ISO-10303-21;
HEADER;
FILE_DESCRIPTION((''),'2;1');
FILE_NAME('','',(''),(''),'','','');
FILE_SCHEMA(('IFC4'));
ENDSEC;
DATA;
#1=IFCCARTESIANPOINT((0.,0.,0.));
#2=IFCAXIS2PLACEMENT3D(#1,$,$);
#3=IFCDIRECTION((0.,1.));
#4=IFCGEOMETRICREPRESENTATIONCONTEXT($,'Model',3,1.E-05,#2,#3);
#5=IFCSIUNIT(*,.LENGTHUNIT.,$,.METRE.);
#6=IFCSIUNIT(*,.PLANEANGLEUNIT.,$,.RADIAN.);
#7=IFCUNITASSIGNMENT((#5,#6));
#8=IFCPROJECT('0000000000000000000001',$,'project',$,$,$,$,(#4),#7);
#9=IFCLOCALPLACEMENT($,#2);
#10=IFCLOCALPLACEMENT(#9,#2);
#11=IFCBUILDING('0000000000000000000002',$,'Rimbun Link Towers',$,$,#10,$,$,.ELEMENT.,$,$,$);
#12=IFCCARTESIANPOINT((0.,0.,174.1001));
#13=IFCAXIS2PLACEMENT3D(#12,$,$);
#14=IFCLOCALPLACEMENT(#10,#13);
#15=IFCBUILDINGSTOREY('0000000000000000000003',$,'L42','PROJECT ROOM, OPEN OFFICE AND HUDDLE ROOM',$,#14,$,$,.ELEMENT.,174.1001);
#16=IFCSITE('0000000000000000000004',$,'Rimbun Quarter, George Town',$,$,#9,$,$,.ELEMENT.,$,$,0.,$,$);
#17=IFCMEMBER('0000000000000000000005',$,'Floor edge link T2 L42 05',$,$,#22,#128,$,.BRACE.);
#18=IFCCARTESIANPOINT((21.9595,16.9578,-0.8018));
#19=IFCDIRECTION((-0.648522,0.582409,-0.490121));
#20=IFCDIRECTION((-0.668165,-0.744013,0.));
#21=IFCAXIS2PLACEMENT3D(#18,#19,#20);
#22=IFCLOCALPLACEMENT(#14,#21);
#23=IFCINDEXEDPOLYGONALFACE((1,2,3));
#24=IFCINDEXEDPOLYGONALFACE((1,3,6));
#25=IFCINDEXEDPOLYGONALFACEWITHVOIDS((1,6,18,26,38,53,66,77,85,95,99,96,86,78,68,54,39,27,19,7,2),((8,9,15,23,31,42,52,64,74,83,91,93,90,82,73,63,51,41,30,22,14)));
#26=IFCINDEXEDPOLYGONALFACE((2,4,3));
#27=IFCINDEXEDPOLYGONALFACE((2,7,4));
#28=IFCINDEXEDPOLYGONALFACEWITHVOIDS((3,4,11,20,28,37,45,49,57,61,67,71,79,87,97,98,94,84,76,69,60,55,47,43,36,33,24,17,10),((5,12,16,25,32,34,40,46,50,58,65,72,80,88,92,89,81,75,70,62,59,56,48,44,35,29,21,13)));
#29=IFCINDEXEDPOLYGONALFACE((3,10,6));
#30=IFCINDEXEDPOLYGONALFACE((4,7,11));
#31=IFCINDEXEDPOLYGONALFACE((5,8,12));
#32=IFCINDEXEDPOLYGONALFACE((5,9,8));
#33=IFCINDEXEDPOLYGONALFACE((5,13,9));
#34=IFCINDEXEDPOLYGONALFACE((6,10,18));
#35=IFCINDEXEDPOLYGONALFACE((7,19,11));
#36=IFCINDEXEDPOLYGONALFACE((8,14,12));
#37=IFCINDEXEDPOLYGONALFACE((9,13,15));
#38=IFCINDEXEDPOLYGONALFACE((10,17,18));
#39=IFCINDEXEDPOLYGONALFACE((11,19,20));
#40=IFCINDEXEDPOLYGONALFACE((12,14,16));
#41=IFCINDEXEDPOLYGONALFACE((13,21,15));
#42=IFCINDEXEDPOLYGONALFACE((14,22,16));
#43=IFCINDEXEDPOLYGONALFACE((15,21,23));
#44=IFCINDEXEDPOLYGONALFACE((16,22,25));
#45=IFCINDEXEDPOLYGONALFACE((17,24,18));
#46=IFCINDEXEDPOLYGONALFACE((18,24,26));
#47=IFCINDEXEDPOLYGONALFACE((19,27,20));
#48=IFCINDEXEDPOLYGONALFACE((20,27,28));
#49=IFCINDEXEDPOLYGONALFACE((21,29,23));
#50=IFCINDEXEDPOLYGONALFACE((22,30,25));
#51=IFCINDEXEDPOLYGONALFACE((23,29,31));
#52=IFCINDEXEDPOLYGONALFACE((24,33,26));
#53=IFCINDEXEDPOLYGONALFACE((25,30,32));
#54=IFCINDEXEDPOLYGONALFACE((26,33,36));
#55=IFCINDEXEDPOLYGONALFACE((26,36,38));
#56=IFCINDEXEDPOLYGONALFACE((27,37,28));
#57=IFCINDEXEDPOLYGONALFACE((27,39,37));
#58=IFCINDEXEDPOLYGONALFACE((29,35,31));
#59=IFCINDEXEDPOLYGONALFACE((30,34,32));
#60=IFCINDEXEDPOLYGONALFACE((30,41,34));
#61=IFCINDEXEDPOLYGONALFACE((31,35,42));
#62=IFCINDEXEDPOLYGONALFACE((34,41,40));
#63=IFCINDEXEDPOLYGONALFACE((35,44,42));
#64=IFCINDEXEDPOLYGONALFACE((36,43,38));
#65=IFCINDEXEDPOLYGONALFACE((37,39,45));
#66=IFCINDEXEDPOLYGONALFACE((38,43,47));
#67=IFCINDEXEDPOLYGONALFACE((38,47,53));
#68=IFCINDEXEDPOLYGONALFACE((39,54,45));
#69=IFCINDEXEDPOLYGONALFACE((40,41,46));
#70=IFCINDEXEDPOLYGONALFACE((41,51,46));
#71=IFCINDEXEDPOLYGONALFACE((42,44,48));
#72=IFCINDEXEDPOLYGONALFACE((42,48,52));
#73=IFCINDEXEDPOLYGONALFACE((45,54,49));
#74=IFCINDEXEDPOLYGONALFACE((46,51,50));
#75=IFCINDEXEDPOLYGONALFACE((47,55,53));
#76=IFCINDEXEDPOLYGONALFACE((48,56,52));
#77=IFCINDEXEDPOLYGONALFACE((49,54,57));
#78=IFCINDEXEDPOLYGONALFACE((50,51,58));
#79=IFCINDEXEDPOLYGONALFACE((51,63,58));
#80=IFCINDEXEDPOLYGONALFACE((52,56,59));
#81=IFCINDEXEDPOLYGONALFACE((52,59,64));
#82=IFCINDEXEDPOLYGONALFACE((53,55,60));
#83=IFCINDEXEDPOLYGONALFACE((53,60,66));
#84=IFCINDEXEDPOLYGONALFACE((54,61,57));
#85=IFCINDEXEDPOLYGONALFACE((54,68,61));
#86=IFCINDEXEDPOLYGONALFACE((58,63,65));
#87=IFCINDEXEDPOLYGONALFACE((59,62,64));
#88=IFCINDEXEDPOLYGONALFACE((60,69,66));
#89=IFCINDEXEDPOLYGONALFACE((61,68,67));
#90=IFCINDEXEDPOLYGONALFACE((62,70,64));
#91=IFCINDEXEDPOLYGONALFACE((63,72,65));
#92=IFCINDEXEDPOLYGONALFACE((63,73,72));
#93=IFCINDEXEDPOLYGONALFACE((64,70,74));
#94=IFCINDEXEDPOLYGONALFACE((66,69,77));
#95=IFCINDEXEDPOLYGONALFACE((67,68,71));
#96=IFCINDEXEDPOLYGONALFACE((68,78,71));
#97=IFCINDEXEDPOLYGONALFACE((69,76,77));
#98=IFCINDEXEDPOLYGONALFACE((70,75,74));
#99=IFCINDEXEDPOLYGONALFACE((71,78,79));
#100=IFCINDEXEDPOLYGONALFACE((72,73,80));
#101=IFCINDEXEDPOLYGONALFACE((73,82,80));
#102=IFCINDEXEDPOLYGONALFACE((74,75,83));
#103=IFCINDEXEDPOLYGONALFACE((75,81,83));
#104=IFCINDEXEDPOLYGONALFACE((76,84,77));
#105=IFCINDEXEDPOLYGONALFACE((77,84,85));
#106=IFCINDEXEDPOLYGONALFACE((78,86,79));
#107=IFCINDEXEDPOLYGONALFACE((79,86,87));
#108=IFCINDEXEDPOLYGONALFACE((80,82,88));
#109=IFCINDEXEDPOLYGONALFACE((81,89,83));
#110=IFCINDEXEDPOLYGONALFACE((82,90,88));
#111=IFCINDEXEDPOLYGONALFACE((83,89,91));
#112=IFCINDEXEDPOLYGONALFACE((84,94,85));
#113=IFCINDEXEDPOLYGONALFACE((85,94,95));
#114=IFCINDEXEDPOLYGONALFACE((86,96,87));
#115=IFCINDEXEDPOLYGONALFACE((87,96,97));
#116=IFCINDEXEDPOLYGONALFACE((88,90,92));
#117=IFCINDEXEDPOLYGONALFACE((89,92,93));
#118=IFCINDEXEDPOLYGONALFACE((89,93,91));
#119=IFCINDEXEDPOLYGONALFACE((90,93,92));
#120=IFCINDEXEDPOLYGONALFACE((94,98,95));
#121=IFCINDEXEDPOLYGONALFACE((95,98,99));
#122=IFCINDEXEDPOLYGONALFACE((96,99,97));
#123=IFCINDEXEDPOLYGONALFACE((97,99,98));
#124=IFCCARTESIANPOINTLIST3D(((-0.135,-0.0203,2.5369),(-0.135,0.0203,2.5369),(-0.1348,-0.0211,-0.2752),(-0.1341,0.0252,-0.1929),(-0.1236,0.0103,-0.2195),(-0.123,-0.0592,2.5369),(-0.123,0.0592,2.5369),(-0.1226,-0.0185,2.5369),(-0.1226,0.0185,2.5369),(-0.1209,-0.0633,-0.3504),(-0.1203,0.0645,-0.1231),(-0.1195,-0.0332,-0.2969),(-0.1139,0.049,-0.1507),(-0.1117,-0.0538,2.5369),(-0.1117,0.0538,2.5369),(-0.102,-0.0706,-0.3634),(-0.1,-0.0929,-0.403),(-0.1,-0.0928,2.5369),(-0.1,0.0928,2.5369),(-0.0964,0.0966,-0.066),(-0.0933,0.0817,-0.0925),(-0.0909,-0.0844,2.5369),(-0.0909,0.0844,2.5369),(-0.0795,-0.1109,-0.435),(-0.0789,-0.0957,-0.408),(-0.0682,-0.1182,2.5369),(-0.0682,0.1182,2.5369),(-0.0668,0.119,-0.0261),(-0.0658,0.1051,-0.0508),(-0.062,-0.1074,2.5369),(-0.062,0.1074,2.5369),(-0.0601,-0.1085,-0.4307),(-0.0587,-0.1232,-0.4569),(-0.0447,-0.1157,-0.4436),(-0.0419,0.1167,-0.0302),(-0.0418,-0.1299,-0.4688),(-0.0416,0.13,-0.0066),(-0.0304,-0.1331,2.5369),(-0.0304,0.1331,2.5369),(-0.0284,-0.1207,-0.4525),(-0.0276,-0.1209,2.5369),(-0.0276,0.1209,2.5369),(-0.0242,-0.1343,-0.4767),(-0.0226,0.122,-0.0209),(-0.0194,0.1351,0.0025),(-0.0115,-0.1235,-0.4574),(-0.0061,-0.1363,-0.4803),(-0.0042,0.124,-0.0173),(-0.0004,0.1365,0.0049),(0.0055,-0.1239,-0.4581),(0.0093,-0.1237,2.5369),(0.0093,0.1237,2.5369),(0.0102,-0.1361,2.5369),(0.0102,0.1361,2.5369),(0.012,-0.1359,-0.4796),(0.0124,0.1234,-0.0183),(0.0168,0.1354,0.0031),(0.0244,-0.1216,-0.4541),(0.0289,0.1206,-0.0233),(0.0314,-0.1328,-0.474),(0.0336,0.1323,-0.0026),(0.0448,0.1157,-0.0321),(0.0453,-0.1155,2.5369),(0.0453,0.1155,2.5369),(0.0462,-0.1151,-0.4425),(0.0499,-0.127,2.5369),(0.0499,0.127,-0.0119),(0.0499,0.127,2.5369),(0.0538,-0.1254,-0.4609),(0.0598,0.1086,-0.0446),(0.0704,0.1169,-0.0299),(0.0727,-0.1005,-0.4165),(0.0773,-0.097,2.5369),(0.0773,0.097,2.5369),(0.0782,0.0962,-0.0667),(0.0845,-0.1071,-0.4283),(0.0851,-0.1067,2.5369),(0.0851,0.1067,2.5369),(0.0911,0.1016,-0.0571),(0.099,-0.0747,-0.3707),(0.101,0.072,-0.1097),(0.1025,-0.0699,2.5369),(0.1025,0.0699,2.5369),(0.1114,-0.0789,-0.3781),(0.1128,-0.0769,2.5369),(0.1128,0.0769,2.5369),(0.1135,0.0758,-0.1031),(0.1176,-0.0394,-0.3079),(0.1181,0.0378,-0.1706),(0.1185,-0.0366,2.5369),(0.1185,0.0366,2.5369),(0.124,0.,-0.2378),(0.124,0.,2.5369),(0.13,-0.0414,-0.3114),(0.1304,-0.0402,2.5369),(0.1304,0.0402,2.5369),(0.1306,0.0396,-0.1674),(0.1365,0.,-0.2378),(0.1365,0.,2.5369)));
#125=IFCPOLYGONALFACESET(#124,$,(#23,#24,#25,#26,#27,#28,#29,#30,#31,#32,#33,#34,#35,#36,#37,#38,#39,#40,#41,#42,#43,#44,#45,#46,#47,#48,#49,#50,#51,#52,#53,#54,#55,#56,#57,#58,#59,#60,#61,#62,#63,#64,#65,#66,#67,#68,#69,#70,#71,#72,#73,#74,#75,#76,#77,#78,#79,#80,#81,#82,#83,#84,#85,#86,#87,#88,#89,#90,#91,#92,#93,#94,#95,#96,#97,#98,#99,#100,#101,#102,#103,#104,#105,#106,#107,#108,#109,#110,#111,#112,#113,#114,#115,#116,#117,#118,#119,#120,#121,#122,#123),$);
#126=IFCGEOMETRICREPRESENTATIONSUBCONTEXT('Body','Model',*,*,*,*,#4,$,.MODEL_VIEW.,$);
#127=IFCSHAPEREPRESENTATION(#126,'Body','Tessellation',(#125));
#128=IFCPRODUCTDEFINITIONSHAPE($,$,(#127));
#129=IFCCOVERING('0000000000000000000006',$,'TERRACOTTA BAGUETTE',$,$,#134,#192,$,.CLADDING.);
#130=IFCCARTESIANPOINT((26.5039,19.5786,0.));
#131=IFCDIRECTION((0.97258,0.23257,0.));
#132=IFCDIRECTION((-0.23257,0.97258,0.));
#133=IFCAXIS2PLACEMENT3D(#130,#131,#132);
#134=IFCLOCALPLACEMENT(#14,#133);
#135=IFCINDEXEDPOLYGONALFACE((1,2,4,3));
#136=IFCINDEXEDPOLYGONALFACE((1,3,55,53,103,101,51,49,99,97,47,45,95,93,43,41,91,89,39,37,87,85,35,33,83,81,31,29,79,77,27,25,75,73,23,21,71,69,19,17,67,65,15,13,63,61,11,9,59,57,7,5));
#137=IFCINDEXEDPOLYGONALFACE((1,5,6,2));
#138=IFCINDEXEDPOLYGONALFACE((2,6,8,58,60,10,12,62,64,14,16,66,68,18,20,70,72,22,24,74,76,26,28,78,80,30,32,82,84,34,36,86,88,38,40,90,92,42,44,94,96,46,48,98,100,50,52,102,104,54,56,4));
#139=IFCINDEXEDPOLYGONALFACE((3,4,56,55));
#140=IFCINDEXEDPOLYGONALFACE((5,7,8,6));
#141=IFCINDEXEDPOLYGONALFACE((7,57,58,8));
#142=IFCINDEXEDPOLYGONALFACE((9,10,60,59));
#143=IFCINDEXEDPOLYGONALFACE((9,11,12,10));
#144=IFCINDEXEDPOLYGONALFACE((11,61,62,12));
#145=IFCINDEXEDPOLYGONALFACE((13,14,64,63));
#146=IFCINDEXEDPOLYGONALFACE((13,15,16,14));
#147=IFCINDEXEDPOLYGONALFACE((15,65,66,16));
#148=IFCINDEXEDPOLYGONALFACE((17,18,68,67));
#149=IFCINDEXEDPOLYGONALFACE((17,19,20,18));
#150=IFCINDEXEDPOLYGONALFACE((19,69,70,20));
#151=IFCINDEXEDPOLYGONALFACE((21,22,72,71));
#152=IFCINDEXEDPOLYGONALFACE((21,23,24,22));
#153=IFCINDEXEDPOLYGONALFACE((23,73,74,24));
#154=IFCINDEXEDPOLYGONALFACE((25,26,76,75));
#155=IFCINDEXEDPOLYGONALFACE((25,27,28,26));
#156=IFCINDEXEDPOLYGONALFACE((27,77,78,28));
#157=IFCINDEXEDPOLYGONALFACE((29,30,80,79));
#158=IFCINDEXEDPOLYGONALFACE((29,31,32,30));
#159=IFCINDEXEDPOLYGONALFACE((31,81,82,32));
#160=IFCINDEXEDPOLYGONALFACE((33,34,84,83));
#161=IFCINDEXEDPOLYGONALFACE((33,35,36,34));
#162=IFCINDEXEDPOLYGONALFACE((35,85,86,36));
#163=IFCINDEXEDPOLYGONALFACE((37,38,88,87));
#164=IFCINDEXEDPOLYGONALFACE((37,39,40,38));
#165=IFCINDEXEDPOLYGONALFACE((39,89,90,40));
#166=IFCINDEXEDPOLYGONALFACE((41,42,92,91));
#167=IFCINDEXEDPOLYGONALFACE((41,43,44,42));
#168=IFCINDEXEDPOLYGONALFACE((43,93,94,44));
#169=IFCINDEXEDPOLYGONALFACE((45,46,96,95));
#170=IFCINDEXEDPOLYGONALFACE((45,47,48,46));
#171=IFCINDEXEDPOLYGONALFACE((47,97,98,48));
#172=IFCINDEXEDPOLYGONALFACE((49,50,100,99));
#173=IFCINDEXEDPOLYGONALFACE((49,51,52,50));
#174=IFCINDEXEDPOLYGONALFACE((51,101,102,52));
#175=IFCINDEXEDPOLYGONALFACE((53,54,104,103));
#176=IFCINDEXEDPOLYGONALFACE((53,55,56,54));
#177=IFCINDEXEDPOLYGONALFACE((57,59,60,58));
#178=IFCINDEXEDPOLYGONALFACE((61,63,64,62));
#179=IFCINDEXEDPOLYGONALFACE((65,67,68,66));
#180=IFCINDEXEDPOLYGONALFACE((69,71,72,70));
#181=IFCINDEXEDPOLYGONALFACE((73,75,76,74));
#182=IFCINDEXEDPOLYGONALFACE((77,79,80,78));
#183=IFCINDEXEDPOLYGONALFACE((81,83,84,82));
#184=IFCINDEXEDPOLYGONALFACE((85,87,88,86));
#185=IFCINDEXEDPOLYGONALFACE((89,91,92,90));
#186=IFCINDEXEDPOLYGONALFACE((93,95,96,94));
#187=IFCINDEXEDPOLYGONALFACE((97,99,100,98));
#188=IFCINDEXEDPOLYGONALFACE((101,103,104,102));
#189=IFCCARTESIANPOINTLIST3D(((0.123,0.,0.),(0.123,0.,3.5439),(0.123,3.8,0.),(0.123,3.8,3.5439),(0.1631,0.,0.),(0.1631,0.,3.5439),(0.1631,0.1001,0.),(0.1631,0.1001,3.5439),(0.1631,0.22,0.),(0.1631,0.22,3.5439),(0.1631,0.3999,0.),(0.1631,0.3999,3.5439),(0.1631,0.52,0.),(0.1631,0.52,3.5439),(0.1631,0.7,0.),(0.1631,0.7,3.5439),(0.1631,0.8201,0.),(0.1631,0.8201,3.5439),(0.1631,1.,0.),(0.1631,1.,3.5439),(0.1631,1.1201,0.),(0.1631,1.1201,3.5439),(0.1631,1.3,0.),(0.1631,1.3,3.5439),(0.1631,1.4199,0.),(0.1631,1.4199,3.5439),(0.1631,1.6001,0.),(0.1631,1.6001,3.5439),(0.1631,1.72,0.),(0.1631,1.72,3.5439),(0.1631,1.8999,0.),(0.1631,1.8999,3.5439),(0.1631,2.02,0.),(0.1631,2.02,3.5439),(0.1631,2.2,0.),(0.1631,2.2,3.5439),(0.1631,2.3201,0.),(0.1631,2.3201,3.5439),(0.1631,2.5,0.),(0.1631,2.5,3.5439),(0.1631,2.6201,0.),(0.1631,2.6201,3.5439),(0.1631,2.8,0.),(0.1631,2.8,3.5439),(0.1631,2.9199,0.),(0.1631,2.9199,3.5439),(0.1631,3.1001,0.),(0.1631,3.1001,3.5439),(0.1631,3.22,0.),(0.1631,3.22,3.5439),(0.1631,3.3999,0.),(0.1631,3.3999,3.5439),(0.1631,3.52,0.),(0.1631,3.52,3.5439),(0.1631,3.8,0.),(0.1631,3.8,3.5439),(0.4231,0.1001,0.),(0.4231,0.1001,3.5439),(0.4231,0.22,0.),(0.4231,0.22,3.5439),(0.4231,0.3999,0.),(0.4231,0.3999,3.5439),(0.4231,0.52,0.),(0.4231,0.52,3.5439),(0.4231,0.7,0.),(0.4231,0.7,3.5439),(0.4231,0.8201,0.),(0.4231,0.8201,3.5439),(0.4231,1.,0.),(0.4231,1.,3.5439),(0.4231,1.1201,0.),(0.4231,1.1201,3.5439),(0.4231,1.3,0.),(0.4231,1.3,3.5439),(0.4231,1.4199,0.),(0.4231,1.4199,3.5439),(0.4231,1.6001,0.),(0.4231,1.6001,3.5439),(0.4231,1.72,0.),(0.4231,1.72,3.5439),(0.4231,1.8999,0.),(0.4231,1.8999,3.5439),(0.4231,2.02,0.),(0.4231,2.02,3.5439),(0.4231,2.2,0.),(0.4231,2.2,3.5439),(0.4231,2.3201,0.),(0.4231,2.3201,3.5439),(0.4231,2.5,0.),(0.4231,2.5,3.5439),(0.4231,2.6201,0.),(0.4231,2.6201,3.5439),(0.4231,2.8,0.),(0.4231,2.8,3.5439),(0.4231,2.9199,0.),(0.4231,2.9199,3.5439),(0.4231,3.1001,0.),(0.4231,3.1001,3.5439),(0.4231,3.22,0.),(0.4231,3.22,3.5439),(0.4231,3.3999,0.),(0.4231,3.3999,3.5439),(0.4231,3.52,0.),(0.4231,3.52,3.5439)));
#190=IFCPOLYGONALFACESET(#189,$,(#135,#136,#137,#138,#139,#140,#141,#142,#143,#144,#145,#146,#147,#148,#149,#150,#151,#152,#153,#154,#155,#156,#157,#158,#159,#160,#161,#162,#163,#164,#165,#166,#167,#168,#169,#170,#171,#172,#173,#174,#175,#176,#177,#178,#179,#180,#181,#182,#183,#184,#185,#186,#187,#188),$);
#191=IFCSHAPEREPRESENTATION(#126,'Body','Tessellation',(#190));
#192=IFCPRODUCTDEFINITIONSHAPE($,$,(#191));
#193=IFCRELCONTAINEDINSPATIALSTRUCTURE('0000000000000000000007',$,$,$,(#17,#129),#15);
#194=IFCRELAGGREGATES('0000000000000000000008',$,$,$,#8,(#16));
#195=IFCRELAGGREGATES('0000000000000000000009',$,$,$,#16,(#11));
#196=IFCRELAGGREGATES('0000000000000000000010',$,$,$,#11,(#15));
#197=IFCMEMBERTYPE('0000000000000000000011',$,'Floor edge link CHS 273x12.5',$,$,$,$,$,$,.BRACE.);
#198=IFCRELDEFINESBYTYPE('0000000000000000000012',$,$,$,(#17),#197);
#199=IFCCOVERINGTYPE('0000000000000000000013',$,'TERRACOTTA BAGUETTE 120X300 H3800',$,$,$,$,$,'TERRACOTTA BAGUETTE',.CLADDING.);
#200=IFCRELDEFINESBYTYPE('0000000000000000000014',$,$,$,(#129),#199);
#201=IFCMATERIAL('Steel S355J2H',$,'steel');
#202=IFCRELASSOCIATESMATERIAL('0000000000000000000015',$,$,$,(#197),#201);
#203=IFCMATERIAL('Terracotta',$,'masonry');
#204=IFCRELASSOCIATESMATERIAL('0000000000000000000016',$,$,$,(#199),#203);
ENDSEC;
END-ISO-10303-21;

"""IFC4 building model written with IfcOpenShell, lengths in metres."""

from ifc_helpers import new_model, si_unit, direction, frame, origin, origin_2d, place, context, subcontext, project, spatial, polyline, hollow_circle, outline, extrude, clip, halfspace, material, material_profile, profile_set, type_object, element, save


model = new_model("IFC4")

# Units and contexts
model_context = context("Model", 3, precision=1e-05, world=origin(), true_north=direction((0.0, 1.0)))
body_context = subcontext(model_context, "Body", "Model", "MODEL_VIEW")
ifc_project = project(units=[si_unit("LENGTHUNIT", "METRE"), si_unit("PLANEANGLEUNIT", "RADIAN")], contexts=[model_context])

# Site, building, storey
site_placement = place(None, origin())
site = spatial("IfcSite", under=ifc_project, at=site_placement, Name="Rimbun Quarter, George Town", CompositionType="ELEMENT", RefElevation=0.0)
building_placement = place(site_placement, origin())
building = spatial("IfcBuilding", under=site, at=building_placement, Name="Rimbun Link Towers", CompositionType="ELEMENT")
storey_placement = place(building_placement, frame((0.0, 0.0, 174.1001)))
storey = spatial("IfcBuildingStorey", under=building, at=storey_placement, Name="L42", Description="PROJECT ROOM, OPEN OFFICE AND HUDDLE ROOM", CompositionType="ELEMENT", Elevation=174.1001)

# Member
ifc_material_1 = material(Name="Steel S355J2H", Category="steel")
ifc_material_profile_1 = material_profile(ifc_material_1, hollow_circle(Radius=0.1365, WallThickness=0.0125, at=origin_2d()), Name="CHS 273x12.5")
ifc_profile_set_1 = profile_set([ifc_material_profile_1], Name="Steel S355J2H")
member_type_1 = type_object("IfcMemberType", Name="Floor edge link CHS 273x12.5", PredefinedType="BRACE", material=ifc_profile_set_1)
member_1_placement = place(storey_placement, frame((21.9595, 16.9578, -0.8018), z_axis=(-0.648522, 0.582409, -0.490121), x_axis=(-0.668165, -0.744013, 0.0)))
element("IfcMember", 1, at=member_1_placement, inside=storey, type_object=member_type_1, Name="Floor edge link T2 L42 05", PredefinedType="BRACE", context=body_context, shape_type="Clipping", body=[
    clip(extrude(hollow_circle(Radius=0.1365, WallThickness=0.0125, at=origin_2d()), frame((0.0, 0.0, -0.5059)), (0.0, 0.0, 1.0), 3.0427), halfspace(frame((0.0, 0.0, -0.2378), z_axis=(0.0, 0.871655, -0.490121)), False)),
])

# Covering
ifc_material_2 = material(Name="Terracotta", Category="masonry")
ifc_material_profile_2 = material_profile(ifc_material_2, outline(polyline([(0.123, 0.0), (0.1631, 0.0), (0.1631, 0.1001), (0.4231, 0.1001), (0.4231, 0.22), (0.1631, 0.22), (0.1631, 0.3999), (0.4231, 0.3999), (0.4231, 0.52), (0.1631, 0.52), (0.1631, 0.7), (0.4231, 0.7), (0.4231, 0.8201), (0.1631, 0.8201), (0.1631, 1.0), (0.4231, 1.0), (0.4231, 1.1201), (0.1631, 1.1201), (0.1631, 1.3), (0.4231, 1.3), (0.4231, 1.4199), (0.1631, 1.4199), (0.1631, 1.6001), (0.4231, 1.6001), (0.4231, 1.72), (0.1631, 1.72), (0.1631, 1.8999), (0.4231, 1.8999), (0.4231, 2.02), (0.1631, 2.02), (0.1631, 2.2), (0.4231, 2.2), (0.4231, 2.3201), (0.1631, 2.3201), (0.1631, 2.5), (0.4231, 2.5), (0.4231, 2.6201), (0.1631, 2.6201), (0.1631, 2.8), (0.4231, 2.8), (0.4231, 2.9199), (0.1631, 2.9199), (0.1631, 3.1001), (0.4231, 3.1001), (0.4231, 3.22), (0.1631, 3.22), (0.1631, 3.3999), (0.4231, 3.3999), (0.4231, 3.52), (0.1631, 3.52), (0.1631, 3.8), (0.123, 3.8), (0.123, 0.0)])), Name="BAGUETTE 120X300")
ifc_profile_set_2 = profile_set([ifc_material_profile_2], Name="Terracotta")
covering_type = type_object("IfcCoveringType", Name="TERRACOTTA BAGUETTE 120X300 H3800", ElementType="TERRACOTTA BAGUETTE", PredefinedType="CLADDING", material=ifc_profile_set_2)
covering_1_placement = place(storey_placement, frame((26.5039, 19.5786, 0.0), z_axis=(0.97258, 0.23257, 0.0), x_axis=(-0.23257, 0.97258, 0.0)))
element("IfcCovering", 2, at=covering_1_placement, inside=storey, type_object=covering_type, Name="TERRACOTTA BAGUETTE", PredefinedType="CLADDING", context=body_context, shape_type="SweptSolid", body=[
    extrude(outline(polyline([(0.123, 0.0), (0.1631, 0.0), (0.1631, 0.1001), (0.4231, 0.1001), (0.4231, 0.22), (0.1631, 0.22), (0.1631, 0.3999), (0.4231, 0.3999), (0.4231, 0.52), (0.1631, 0.52), (0.1631, 0.7), (0.4231, 0.7), (0.4231, 0.8201), (0.1631, 0.8201), (0.1631, 1.0), (0.4231, 1.0), (0.4231, 1.1201), (0.1631, 1.1201), (0.1631, 1.3), (0.4231, 1.3), (0.4231, 1.4199), (0.1631, 1.4199), (0.1631, 1.6001), (0.4231, 1.6001), (0.4231, 1.72), (0.1631, 1.72), (0.1631, 1.8999), (0.4231, 1.8999), (0.4231, 2.02), (0.1631, 2.02), (0.1631, 2.2), (0.4231, 2.2), (0.4231, 2.3201), (0.1631, 2.3201), (0.1631, 2.5), (0.4231, 2.5), (0.4231, 2.6201), (0.1631, 2.6201), (0.1631, 2.8), (0.4231, 2.8), (0.4231, 2.9199), (0.1631, 2.9199), (0.1631, 3.1001), (0.4231, 3.1001), (0.4231, 3.22), (0.1631, 3.22), (0.1631, 3.3999), (0.4231, 3.3999), (0.4231, 3.52), (0.1631, 3.52), (0.1631, 3.8), (0.123, 3.8), (0.123, 0.0)])), origin(), (0.0, 0.0, 1.0), 3.5439),
])

save(model, "model.ifc")
